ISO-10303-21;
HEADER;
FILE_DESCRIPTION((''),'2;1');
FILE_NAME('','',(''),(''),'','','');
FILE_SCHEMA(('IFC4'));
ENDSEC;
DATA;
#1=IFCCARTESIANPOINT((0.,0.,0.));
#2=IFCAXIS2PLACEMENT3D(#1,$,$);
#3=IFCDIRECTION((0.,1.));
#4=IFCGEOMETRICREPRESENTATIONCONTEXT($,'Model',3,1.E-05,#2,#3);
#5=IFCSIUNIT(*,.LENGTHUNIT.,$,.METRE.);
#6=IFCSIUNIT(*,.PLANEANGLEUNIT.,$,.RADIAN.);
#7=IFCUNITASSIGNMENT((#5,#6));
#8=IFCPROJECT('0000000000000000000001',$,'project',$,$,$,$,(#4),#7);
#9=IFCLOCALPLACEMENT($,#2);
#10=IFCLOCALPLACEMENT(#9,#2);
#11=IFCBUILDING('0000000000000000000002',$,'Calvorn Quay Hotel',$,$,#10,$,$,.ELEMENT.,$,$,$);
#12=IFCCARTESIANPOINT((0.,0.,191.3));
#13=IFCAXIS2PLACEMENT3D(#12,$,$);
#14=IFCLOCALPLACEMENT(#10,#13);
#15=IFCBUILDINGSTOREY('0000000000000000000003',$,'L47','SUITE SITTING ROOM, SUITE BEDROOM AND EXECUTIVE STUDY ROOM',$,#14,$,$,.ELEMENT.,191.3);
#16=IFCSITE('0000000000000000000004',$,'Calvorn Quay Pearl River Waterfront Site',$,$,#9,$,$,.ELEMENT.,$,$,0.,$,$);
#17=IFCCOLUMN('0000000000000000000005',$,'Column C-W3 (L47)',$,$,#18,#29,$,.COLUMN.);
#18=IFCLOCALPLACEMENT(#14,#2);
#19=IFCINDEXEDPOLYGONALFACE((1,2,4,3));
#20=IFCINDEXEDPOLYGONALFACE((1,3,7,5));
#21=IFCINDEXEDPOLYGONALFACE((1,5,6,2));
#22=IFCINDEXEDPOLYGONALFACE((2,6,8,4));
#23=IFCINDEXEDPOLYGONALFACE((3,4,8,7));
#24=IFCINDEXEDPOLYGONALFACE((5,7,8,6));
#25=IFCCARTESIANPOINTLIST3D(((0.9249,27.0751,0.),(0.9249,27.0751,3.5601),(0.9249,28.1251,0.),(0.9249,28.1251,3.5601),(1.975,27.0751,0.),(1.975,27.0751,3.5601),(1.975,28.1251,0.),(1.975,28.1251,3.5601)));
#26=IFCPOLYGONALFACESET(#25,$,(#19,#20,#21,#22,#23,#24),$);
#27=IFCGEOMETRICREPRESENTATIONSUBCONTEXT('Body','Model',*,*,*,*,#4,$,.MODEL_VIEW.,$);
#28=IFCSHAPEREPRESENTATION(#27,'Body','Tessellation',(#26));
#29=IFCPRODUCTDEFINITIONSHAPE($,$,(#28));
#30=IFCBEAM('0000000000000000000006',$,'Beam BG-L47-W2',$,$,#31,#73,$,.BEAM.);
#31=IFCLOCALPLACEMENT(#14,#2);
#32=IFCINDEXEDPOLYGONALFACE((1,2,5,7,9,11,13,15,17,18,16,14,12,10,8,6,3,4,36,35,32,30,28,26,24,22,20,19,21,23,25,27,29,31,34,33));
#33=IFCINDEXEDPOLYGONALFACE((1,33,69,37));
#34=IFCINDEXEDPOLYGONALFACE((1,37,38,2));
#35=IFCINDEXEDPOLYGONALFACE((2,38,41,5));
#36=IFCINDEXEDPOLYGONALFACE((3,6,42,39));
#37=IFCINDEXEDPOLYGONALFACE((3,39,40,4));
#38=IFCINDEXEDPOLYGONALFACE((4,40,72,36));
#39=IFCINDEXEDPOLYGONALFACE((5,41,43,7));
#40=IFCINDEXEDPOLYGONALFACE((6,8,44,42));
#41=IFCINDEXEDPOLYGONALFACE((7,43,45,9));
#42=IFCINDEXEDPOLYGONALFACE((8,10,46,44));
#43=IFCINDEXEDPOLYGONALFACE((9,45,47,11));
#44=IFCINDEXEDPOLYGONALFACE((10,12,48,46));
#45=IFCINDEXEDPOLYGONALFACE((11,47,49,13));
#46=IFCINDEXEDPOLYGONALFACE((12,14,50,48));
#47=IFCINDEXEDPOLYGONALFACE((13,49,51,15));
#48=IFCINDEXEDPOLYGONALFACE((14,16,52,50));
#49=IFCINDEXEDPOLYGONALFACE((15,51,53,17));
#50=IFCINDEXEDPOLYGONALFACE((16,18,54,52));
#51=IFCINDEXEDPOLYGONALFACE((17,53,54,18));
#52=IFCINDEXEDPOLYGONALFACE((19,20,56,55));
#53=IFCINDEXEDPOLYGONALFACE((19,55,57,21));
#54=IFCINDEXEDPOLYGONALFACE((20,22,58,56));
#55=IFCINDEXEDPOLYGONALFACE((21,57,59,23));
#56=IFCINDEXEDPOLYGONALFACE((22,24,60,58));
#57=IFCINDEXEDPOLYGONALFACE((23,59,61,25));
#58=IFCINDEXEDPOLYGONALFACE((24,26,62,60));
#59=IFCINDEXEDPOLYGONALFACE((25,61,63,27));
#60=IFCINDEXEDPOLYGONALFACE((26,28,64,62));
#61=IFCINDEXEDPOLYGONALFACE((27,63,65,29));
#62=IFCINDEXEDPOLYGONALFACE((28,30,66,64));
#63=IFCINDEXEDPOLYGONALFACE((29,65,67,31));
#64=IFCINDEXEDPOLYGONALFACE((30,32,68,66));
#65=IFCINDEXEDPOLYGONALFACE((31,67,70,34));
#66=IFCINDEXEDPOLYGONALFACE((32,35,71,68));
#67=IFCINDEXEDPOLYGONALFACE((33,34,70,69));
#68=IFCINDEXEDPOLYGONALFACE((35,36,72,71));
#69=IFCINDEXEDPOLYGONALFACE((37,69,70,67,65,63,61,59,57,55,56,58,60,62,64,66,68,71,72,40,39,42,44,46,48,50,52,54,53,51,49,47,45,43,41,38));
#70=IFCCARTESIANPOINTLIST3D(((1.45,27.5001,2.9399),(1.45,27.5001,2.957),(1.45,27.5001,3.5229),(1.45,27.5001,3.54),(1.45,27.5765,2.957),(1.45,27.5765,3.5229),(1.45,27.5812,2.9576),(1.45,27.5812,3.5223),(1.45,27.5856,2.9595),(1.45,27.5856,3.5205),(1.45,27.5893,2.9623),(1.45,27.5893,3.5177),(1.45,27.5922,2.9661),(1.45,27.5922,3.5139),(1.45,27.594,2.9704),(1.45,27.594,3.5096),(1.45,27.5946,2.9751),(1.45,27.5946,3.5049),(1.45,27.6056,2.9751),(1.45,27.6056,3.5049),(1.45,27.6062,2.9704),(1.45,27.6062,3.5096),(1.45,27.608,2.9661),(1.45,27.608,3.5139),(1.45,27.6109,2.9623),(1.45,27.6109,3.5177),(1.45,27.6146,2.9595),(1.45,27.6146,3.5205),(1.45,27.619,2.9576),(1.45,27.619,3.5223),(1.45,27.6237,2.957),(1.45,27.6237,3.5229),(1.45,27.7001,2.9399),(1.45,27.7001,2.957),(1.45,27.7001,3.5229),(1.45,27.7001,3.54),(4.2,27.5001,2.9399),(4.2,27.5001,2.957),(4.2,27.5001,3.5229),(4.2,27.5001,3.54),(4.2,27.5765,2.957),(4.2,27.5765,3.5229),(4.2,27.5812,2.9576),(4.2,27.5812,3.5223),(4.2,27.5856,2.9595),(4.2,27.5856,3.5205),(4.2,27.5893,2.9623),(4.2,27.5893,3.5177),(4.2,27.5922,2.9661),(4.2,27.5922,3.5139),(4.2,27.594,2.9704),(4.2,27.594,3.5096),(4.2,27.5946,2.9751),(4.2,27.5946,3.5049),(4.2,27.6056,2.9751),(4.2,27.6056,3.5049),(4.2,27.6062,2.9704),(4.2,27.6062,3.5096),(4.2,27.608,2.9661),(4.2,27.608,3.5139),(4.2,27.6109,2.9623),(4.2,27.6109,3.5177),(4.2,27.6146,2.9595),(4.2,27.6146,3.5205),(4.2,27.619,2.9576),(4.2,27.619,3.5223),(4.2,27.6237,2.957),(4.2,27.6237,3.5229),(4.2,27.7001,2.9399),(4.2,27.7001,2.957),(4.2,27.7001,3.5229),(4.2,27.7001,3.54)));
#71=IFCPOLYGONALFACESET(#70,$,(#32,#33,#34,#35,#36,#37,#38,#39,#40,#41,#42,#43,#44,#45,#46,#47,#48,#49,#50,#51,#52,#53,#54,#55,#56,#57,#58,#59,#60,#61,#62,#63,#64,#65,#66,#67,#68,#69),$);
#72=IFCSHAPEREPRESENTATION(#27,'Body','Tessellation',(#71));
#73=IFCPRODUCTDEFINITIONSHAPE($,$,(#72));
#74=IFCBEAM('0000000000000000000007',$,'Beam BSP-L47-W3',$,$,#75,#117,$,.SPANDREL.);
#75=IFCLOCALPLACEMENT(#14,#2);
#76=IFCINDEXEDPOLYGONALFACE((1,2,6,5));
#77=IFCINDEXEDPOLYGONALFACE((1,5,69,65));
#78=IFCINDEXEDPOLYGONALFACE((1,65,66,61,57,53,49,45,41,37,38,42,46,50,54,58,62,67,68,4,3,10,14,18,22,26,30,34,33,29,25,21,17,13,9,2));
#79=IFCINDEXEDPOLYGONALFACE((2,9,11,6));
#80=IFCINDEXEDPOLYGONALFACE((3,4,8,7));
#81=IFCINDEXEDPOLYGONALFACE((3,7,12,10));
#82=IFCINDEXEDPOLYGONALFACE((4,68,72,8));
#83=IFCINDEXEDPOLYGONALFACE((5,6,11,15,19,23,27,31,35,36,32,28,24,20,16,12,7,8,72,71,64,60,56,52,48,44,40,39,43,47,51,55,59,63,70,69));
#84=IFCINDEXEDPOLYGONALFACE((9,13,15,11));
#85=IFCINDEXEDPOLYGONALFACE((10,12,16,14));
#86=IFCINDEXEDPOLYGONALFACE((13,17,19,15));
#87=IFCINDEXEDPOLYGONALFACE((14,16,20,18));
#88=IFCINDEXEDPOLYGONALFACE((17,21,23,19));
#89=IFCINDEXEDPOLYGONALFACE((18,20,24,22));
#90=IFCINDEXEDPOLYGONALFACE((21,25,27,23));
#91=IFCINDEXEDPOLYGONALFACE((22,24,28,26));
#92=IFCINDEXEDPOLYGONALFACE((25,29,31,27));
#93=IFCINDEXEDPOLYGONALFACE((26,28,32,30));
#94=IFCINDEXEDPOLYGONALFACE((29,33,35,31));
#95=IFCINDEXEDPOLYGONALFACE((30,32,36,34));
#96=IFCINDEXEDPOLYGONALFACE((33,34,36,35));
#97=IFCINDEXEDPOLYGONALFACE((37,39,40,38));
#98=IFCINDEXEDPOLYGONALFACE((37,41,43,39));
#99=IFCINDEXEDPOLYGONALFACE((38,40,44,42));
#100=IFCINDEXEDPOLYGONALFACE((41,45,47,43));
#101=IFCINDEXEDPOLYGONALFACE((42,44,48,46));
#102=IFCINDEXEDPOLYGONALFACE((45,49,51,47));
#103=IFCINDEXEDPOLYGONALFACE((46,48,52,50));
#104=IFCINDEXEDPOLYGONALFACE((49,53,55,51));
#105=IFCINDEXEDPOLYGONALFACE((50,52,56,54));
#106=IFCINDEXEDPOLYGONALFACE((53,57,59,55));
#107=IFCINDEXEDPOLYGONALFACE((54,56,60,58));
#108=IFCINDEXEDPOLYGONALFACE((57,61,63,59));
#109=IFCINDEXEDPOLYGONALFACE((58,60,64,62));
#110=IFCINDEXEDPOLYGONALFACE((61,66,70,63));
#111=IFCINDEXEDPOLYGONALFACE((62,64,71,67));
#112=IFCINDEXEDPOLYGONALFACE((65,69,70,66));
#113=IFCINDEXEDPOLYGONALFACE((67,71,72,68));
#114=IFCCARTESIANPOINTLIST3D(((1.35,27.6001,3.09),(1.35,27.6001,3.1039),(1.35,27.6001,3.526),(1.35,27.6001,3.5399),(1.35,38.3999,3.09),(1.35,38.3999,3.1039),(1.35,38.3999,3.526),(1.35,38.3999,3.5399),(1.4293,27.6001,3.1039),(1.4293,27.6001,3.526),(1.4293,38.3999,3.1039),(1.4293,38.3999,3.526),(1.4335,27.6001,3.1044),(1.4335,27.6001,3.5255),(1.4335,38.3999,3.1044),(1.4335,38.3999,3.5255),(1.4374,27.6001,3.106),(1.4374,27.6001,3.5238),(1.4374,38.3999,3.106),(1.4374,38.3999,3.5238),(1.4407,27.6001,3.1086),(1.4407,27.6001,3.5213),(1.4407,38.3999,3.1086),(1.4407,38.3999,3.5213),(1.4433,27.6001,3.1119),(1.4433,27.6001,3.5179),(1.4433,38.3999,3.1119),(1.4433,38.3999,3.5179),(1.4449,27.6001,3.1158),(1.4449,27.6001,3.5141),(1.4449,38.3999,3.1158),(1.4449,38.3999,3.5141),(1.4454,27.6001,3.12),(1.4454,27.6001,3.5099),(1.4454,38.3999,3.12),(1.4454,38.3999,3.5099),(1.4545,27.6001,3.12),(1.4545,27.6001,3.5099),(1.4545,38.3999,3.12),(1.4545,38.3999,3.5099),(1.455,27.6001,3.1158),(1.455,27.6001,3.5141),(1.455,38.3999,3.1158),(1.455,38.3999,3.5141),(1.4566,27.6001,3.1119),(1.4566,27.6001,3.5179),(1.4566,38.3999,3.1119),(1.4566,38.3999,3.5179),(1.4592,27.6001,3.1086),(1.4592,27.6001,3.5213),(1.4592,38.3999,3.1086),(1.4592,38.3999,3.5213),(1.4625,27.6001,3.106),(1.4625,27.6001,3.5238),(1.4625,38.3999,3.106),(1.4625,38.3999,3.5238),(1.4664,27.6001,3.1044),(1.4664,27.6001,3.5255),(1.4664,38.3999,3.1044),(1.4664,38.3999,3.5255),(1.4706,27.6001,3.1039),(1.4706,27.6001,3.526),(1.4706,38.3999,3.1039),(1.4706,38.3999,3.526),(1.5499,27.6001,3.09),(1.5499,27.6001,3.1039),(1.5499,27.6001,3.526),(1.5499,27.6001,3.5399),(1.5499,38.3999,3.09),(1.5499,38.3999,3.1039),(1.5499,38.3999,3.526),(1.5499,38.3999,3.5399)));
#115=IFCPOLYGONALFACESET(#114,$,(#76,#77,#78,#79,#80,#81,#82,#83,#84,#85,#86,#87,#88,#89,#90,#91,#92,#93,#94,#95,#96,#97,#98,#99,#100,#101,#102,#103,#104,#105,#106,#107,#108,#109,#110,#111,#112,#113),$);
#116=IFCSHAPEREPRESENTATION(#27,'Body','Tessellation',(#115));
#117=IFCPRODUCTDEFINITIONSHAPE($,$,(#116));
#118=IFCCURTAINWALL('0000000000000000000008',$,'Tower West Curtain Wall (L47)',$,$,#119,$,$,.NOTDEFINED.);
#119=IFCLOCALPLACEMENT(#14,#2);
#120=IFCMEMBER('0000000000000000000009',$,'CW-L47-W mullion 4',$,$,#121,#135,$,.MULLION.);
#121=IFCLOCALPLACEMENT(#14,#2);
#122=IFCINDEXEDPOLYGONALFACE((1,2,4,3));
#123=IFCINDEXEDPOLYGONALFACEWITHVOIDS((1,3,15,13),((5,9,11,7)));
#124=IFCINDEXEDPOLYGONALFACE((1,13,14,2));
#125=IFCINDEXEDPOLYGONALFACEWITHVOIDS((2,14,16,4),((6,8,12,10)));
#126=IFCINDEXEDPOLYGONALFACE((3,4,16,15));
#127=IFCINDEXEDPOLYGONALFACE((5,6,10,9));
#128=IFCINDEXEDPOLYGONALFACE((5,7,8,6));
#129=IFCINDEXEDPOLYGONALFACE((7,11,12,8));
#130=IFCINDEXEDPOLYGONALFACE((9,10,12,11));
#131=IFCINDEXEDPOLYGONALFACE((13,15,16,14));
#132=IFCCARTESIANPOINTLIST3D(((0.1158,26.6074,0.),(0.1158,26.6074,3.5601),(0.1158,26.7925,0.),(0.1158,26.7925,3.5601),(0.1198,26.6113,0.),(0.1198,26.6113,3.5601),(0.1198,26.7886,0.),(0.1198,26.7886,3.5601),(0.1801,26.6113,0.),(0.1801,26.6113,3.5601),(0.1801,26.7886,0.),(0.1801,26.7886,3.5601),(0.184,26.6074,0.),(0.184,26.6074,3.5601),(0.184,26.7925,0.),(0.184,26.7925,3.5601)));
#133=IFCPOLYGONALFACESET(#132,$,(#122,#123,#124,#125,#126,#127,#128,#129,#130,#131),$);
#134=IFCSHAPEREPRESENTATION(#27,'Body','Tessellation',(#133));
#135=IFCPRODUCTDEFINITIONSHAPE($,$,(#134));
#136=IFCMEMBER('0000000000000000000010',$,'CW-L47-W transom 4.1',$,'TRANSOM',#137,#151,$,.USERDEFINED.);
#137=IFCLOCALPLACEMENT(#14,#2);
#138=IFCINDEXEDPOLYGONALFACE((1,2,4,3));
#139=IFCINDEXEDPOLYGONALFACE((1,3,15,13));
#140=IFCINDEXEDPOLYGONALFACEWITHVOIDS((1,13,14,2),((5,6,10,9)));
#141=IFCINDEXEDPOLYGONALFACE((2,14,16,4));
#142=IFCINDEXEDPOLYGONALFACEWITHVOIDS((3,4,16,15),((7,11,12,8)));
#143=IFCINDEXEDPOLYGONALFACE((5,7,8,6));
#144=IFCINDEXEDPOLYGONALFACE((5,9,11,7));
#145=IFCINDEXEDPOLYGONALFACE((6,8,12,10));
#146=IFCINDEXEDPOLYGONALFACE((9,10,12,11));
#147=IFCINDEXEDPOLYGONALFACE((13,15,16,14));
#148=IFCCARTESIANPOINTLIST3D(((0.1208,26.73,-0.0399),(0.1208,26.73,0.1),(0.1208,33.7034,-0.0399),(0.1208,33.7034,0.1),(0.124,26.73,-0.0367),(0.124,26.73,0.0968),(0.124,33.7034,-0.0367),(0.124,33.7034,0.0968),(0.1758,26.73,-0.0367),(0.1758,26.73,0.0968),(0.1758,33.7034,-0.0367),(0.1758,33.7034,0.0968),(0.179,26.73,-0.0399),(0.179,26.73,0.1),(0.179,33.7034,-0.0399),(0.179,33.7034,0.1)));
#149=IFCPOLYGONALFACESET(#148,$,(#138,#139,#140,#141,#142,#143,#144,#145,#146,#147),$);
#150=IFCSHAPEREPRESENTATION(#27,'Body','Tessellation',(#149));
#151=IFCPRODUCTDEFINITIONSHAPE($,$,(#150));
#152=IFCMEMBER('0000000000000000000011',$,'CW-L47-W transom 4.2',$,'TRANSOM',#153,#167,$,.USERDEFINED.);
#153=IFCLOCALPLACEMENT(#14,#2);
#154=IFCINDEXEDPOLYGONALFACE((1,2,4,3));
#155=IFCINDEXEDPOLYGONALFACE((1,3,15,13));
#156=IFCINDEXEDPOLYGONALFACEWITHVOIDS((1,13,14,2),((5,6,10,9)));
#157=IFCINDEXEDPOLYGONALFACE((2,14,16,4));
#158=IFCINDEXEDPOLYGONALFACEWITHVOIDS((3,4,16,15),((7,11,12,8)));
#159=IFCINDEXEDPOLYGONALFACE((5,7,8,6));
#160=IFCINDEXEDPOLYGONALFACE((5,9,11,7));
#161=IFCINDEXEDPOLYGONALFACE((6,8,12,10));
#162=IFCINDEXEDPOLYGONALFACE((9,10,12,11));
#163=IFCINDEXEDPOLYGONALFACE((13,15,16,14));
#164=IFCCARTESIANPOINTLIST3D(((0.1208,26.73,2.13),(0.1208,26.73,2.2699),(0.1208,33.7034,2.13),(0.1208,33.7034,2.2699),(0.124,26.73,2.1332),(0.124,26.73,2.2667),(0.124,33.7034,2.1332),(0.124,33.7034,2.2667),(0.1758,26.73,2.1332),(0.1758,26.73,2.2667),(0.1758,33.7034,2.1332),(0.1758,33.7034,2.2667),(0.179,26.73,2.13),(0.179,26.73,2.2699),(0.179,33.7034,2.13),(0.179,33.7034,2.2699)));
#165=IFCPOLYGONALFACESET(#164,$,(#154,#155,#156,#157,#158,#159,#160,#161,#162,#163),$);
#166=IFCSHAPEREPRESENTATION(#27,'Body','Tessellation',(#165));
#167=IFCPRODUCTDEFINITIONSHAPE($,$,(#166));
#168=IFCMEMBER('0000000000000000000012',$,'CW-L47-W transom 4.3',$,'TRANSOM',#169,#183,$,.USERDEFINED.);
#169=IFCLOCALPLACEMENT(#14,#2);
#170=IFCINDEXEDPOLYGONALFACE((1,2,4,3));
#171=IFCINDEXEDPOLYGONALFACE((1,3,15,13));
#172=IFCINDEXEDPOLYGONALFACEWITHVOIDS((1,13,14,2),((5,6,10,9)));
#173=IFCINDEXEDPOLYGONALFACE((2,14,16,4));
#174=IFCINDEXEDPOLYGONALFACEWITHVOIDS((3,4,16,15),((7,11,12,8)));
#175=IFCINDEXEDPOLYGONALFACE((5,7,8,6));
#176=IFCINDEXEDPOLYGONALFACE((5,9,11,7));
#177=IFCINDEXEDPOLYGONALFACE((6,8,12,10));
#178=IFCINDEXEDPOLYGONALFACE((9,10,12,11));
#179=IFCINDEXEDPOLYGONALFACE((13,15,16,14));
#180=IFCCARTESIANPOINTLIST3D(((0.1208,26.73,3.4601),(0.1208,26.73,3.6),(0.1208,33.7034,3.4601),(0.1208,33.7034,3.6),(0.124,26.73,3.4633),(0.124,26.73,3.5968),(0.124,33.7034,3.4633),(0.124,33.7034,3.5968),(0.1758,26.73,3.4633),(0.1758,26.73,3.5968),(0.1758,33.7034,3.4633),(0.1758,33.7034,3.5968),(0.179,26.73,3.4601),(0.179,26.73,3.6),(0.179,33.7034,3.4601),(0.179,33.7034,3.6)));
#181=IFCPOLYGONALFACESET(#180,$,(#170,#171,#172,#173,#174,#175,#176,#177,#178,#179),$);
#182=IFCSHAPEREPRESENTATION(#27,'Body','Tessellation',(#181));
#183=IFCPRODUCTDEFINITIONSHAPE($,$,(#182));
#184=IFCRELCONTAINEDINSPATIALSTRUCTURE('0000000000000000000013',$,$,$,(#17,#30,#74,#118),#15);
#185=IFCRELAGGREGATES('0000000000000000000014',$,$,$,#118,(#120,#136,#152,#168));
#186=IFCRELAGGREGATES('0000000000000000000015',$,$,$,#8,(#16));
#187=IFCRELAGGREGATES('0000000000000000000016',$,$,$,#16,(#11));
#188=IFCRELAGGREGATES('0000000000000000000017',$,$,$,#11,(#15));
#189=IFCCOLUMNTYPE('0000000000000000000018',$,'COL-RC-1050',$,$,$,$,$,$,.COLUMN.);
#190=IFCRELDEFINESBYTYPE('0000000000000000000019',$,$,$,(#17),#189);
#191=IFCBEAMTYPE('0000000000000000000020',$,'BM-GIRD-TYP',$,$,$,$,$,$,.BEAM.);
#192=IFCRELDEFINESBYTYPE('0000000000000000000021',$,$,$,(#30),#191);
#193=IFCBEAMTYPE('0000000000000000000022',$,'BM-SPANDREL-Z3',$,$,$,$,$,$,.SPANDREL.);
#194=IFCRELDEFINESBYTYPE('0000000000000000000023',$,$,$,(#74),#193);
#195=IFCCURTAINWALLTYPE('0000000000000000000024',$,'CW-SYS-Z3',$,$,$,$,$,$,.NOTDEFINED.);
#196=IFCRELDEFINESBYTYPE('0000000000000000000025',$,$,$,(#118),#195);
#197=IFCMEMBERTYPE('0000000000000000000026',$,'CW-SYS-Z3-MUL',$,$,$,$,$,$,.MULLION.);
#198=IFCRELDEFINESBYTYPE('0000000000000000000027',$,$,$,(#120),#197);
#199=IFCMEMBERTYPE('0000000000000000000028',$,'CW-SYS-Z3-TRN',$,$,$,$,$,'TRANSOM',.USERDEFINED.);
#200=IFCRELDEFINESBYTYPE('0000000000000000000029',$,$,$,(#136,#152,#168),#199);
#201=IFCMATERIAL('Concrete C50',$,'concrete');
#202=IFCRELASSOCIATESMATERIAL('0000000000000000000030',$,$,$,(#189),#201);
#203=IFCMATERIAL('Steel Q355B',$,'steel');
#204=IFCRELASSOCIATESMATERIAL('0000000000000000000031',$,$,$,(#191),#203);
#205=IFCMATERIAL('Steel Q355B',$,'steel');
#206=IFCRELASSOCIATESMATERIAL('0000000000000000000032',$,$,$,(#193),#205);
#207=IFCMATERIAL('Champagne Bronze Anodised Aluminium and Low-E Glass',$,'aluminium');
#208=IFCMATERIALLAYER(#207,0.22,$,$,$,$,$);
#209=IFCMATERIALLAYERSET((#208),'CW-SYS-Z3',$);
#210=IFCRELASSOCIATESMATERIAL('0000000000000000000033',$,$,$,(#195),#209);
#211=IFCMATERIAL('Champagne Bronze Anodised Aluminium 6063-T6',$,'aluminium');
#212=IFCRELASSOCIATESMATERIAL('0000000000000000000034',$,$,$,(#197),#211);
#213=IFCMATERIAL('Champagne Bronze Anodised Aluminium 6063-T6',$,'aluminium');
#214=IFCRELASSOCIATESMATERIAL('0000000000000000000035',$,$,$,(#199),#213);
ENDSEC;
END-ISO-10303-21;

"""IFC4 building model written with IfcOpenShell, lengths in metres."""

from ifc_helpers import new_model, si_unit, direction, frame, origin, origin_2d, place, context, subcontext, project, spatial, rectangle, hollow_rectangle, i_section, extrude, material, layer, layer_set, material_profile, profile_set, type_object, element, aggregate, save


model = new_model("IFC4")

# Units and contexts
model_context = context("Model", 3, precision=1e-05, world=origin(), true_north=direction((0.0, 1.0)))
body_context = subcontext(model_context, "Body", "Model", "MODEL_VIEW")
ifc_project = project(units=[si_unit("LENGTHUNIT", "METRE"), si_unit("PLANEANGLEUNIT", "RADIAN")], contexts=[model_context])

# Site, building, storey
site_placement = place(None, origin())
site = spatial("IfcSite", under=ifc_project, at=site_placement, Name="Calvorn Quay Pearl River Waterfront Site", CompositionType="ELEMENT", RefElevation=0.0)
building_placement = place(site_placement, origin())
building = spatial("IfcBuilding", under=site, at=building_placement, Name="Calvorn Quay Hotel", CompositionType="ELEMENT")
storey_placement = place(building_placement, frame((0.0, 0.0, 191.3)))
storey = spatial("IfcBuildingStorey", under=building, at=storey_placement, Name="L47", Description="SUITE SITTING ROOM, SUITE BEDROOM AND EXECUTIVE STUDY ROOM", CompositionType="ELEMENT", Elevation=191.3)

# Column
ifc_material_1 = material(Name="Concrete C50", Category="concrete")
ifc_material_profile_1 = material_profile(ifc_material_1, rectangle(XDim=1.05, YDim=1.05, at=origin_2d()), Name="RC1050x1050")
ifc_profile_set_1 = profile_set([ifc_material_profile_1], Name="Concrete C50")
column_type = type_object("IfcColumnType", Name="COL-RC-1050", PredefinedType="COLUMN", material=ifc_profile_set_1)
column_placement = place(storey_placement, frame((1.45, 27.6001, 0.0), z_axis=(0.0, 0.0, 1.0), x_axis=(1.0, 0.0, 0.0)))
element("IfcColumn", 1, at=column_placement, inside=storey, type_object=column_type, Name="Column C-W3 (L47)", PredefinedType="COLUMN", context=body_context, shape_type="SweptSolid", body=[
    extrude(rectangle(XDim=1.05, YDim=1.05, at=origin_2d()), origin(), (0.0, 0.0, 1.0), 3.5601),
])

# Beams
ifc_material_2 = material(Name="Steel Q355B", Category="steel")
ifc_material_profile_2 = material_profile(ifc_material_2, i_section(OverallWidth=0.2, OverallDepth=0.6001, WebThickness=0.011, FlangeThickness=0.0171, FilletRadius=0.0181, at=origin_2d()), Name="HN600x200x11x17")
ifc_profile_set_2 = profile_set([ifc_material_profile_2], Name="Steel Q355B")
beam_type_1 = type_object("IfcBeamType", Name="BM-GIRD-TYP", PredefinedType="BEAM", material=ifc_profile_set_2)
beam_1_placement = place(storey_placement, frame((1.45, 27.6001, 3.24), z_axis=(1.0, 0.0, 0.0), x_axis=(0.0, 1.0, 0.0)))
element("IfcBeam", 2, at=beam_1_placement, inside=storey, type_object=beam_type_1, Name="Beam BG-L47-W2", PredefinedType="BEAM", context=body_context, shape_type="SweptSolid", body=[
    extrude(i_section(OverallWidth=0.2, OverallDepth=0.6001, WebThickness=0.011, FlangeThickness=0.0171, FilletRadius=0.0181, at=origin_2d()), origin(), (0.0, 0.0, 1.0), 2.75),
])
ifc_material_3 = material(Name="Steel Q355B", Category="steel")
ifc_material_profile_3 = material_profile(ifc_material_3, i_section(OverallWidth=0.2, OverallDepth=0.45, WebThickness=0.009, FlangeThickness=0.0139, FilletRadius=0.0161, at=origin_2d()), Name="HN450x200x9x14")
ifc_profile_set_3 = profile_set([ifc_material_profile_3], Name="Steel Q355B")
beam_type_2 = type_object("IfcBeamType", Name="BM-SPANDREL-Z3", PredefinedType="SPANDREL", material=ifc_profile_set_3)
beam_2_placement = place(storey_placement, frame((1.45, 27.6001, 3.3149), z_axis=(0.0, 1.0, 0.0), x_axis=(-1.0, 0.0, 0.0)))
element("IfcBeam", 3, at=beam_2_placement, inside=storey, type_object=beam_type_2, Name="Beam BSP-L47-W3", PredefinedType="SPANDREL", context=body_context, shape_type="SweptSolid", body=[
    extrude(i_section(OverallWidth=0.2, OverallDepth=0.45, WebThickness=0.009, FlangeThickness=0.0139, FilletRadius=0.0161, at=origin_2d()), origin(), (0.0, 0.0, 1.0), 10.7998),
])

# Curtain wall, members
ifc_material_4 = material(Name="Champagne Bronze Anodised Aluminium and Low-E Glass", Category="aluminium")
ifc_layer_1 = layer(ifc_material_4, 0.22)
ifc_layer_set_1 = layer_set([ifc_layer_1], Name="CW-SYS-Z3")
curtain_wall_type = type_object("IfcCurtainWallType", Name="CW-SYS-Z3", PredefinedType="NOTDEFINED", material=ifc_layer_set_1)
curtain_wall_placement = place(storey_placement, origin())
curtain_wall = element("IfcCurtainWall", 4, at=curtain_wall_placement, inside=storey, type_object=curtain_wall_type, Name="Tower West Curtain Wall (L47)", PredefinedType="NOTDEFINED")
ifc_material_5 = material(Name="Champagne Bronze Anodised Aluminium 6063-T6", Category="aluminium")
ifc_material_profile_4 = material_profile(ifc_material_5, hollow_rectangle(XDim=0.0681, YDim=0.1851, WallThickness=0.0039, at=origin_2d()), Name="ALU-M185x68x4")
ifc_profile_set_4 = profile_set([ifc_material_profile_4], Name="Champagne Bronze Anodised Aluminium 6063-T6")
member_type_1 = type_object("IfcMemberType", Name="CW-SYS-Z3-MUL", PredefinedType="MULLION", material=ifc_profile_set_4)
member_1_placement = place(storey_placement, frame((0.1499, 26.7, 0.0), z_axis=(0.0, 0.0, 1.0), x_axis=(-1.0, 0.0, 0.0)))
member_1 = element("IfcMember", 5, at=member_1_placement, type_object=member_type_1, Name="CW-L47-W mullion 4", PredefinedType="MULLION", context=body_context, shape_type="SweptSolid", body=[
    extrude(hollow_rectangle(XDim=0.0681, YDim=0.1851, WallThickness=0.0039, at=origin_2d()), origin(), (0.0, 0.0, 1.0), 3.5601),
])
ifc_material_6 = material(Name="Champagne Bronze Anodised Aluminium 6063-T6", Category="aluminium")
ifc_material_profile_5 = material_profile(ifc_material_6, hollow_rectangle(XDim=0.0581, YDim=0.1399, WallThickness=0.0032, at=origin_2d()), Name="ALU-T140x58x3.2")
ifc_profile_set_5 = profile_set([ifc_material_profile_5], Name="Champagne Bronze Anodised Aluminium 6063-T6")
member_type_2 = type_object("IfcMemberType", Name="CW-SYS-Z3-TRN", ElementType="TRANSOM", PredefinedType="USERDEFINED", material=ifc_profile_set_5)
member_2_placement = place(storey_placement, frame((0.1499, 26.73, 0.03), z_axis=(0.0, 1.0, 0.0), x_axis=(-1.0, 0.0, 0.0)))
member_2 = element("IfcMember", 6, at=member_2_placement, type_object=member_type_2, Name="CW-L47-W transom 4.1", ObjectType="TRANSOM", PredefinedType="USERDEFINED", context=body_context, shape_type="SweptSolid", body=[
    extrude(hollow_rectangle(XDim=0.0581, YDim=0.1399, WallThickness=0.0032, at=origin_2d()), origin(), (0.0, 0.0, 1.0), 6.9734),
])
member_3_placement = place(storey_placement, frame((0.1499, 26.73, 2.2), z_axis=(0.0, 1.0, 0.0), x_axis=(-1.0, 0.0, 0.0)))
member_3 = element("IfcMember", 7, at=member_3_placement, type_object=member_type_2, Name="CW-L47-W transom 4.2", ObjectType="TRANSOM", PredefinedType="USERDEFINED", context=body_context, shape_type="SweptSolid", body=[
    extrude(hollow_rectangle(XDim=0.0581, YDim=0.1399, WallThickness=0.0032, at=origin_2d()), origin(), (0.0, 0.0, 1.0), 6.9734),
])
member_4_placement = place(storey_placement, frame((0.1499, 26.73, 3.53), z_axis=(0.0, 1.0, 0.0), x_axis=(-1.0, 0.0, 0.0)))
member_4 = element("IfcMember", 8, at=member_4_placement, type_object=member_type_2, Name="CW-L47-W transom 4.3", ObjectType="TRANSOM", PredefinedType="USERDEFINED", context=body_context, shape_type="SweptSolid", body=[
    extrude(hollow_rectangle(XDim=0.0581, YDim=0.1399, WallThickness=0.0032, at=origin_2d()), origin(), (0.0, 0.0, 1.0), 6.9734),
])
aggregate(curtain_wall, [member_1, member_2, member_3, member_4])

save(model, "model.ifc")
